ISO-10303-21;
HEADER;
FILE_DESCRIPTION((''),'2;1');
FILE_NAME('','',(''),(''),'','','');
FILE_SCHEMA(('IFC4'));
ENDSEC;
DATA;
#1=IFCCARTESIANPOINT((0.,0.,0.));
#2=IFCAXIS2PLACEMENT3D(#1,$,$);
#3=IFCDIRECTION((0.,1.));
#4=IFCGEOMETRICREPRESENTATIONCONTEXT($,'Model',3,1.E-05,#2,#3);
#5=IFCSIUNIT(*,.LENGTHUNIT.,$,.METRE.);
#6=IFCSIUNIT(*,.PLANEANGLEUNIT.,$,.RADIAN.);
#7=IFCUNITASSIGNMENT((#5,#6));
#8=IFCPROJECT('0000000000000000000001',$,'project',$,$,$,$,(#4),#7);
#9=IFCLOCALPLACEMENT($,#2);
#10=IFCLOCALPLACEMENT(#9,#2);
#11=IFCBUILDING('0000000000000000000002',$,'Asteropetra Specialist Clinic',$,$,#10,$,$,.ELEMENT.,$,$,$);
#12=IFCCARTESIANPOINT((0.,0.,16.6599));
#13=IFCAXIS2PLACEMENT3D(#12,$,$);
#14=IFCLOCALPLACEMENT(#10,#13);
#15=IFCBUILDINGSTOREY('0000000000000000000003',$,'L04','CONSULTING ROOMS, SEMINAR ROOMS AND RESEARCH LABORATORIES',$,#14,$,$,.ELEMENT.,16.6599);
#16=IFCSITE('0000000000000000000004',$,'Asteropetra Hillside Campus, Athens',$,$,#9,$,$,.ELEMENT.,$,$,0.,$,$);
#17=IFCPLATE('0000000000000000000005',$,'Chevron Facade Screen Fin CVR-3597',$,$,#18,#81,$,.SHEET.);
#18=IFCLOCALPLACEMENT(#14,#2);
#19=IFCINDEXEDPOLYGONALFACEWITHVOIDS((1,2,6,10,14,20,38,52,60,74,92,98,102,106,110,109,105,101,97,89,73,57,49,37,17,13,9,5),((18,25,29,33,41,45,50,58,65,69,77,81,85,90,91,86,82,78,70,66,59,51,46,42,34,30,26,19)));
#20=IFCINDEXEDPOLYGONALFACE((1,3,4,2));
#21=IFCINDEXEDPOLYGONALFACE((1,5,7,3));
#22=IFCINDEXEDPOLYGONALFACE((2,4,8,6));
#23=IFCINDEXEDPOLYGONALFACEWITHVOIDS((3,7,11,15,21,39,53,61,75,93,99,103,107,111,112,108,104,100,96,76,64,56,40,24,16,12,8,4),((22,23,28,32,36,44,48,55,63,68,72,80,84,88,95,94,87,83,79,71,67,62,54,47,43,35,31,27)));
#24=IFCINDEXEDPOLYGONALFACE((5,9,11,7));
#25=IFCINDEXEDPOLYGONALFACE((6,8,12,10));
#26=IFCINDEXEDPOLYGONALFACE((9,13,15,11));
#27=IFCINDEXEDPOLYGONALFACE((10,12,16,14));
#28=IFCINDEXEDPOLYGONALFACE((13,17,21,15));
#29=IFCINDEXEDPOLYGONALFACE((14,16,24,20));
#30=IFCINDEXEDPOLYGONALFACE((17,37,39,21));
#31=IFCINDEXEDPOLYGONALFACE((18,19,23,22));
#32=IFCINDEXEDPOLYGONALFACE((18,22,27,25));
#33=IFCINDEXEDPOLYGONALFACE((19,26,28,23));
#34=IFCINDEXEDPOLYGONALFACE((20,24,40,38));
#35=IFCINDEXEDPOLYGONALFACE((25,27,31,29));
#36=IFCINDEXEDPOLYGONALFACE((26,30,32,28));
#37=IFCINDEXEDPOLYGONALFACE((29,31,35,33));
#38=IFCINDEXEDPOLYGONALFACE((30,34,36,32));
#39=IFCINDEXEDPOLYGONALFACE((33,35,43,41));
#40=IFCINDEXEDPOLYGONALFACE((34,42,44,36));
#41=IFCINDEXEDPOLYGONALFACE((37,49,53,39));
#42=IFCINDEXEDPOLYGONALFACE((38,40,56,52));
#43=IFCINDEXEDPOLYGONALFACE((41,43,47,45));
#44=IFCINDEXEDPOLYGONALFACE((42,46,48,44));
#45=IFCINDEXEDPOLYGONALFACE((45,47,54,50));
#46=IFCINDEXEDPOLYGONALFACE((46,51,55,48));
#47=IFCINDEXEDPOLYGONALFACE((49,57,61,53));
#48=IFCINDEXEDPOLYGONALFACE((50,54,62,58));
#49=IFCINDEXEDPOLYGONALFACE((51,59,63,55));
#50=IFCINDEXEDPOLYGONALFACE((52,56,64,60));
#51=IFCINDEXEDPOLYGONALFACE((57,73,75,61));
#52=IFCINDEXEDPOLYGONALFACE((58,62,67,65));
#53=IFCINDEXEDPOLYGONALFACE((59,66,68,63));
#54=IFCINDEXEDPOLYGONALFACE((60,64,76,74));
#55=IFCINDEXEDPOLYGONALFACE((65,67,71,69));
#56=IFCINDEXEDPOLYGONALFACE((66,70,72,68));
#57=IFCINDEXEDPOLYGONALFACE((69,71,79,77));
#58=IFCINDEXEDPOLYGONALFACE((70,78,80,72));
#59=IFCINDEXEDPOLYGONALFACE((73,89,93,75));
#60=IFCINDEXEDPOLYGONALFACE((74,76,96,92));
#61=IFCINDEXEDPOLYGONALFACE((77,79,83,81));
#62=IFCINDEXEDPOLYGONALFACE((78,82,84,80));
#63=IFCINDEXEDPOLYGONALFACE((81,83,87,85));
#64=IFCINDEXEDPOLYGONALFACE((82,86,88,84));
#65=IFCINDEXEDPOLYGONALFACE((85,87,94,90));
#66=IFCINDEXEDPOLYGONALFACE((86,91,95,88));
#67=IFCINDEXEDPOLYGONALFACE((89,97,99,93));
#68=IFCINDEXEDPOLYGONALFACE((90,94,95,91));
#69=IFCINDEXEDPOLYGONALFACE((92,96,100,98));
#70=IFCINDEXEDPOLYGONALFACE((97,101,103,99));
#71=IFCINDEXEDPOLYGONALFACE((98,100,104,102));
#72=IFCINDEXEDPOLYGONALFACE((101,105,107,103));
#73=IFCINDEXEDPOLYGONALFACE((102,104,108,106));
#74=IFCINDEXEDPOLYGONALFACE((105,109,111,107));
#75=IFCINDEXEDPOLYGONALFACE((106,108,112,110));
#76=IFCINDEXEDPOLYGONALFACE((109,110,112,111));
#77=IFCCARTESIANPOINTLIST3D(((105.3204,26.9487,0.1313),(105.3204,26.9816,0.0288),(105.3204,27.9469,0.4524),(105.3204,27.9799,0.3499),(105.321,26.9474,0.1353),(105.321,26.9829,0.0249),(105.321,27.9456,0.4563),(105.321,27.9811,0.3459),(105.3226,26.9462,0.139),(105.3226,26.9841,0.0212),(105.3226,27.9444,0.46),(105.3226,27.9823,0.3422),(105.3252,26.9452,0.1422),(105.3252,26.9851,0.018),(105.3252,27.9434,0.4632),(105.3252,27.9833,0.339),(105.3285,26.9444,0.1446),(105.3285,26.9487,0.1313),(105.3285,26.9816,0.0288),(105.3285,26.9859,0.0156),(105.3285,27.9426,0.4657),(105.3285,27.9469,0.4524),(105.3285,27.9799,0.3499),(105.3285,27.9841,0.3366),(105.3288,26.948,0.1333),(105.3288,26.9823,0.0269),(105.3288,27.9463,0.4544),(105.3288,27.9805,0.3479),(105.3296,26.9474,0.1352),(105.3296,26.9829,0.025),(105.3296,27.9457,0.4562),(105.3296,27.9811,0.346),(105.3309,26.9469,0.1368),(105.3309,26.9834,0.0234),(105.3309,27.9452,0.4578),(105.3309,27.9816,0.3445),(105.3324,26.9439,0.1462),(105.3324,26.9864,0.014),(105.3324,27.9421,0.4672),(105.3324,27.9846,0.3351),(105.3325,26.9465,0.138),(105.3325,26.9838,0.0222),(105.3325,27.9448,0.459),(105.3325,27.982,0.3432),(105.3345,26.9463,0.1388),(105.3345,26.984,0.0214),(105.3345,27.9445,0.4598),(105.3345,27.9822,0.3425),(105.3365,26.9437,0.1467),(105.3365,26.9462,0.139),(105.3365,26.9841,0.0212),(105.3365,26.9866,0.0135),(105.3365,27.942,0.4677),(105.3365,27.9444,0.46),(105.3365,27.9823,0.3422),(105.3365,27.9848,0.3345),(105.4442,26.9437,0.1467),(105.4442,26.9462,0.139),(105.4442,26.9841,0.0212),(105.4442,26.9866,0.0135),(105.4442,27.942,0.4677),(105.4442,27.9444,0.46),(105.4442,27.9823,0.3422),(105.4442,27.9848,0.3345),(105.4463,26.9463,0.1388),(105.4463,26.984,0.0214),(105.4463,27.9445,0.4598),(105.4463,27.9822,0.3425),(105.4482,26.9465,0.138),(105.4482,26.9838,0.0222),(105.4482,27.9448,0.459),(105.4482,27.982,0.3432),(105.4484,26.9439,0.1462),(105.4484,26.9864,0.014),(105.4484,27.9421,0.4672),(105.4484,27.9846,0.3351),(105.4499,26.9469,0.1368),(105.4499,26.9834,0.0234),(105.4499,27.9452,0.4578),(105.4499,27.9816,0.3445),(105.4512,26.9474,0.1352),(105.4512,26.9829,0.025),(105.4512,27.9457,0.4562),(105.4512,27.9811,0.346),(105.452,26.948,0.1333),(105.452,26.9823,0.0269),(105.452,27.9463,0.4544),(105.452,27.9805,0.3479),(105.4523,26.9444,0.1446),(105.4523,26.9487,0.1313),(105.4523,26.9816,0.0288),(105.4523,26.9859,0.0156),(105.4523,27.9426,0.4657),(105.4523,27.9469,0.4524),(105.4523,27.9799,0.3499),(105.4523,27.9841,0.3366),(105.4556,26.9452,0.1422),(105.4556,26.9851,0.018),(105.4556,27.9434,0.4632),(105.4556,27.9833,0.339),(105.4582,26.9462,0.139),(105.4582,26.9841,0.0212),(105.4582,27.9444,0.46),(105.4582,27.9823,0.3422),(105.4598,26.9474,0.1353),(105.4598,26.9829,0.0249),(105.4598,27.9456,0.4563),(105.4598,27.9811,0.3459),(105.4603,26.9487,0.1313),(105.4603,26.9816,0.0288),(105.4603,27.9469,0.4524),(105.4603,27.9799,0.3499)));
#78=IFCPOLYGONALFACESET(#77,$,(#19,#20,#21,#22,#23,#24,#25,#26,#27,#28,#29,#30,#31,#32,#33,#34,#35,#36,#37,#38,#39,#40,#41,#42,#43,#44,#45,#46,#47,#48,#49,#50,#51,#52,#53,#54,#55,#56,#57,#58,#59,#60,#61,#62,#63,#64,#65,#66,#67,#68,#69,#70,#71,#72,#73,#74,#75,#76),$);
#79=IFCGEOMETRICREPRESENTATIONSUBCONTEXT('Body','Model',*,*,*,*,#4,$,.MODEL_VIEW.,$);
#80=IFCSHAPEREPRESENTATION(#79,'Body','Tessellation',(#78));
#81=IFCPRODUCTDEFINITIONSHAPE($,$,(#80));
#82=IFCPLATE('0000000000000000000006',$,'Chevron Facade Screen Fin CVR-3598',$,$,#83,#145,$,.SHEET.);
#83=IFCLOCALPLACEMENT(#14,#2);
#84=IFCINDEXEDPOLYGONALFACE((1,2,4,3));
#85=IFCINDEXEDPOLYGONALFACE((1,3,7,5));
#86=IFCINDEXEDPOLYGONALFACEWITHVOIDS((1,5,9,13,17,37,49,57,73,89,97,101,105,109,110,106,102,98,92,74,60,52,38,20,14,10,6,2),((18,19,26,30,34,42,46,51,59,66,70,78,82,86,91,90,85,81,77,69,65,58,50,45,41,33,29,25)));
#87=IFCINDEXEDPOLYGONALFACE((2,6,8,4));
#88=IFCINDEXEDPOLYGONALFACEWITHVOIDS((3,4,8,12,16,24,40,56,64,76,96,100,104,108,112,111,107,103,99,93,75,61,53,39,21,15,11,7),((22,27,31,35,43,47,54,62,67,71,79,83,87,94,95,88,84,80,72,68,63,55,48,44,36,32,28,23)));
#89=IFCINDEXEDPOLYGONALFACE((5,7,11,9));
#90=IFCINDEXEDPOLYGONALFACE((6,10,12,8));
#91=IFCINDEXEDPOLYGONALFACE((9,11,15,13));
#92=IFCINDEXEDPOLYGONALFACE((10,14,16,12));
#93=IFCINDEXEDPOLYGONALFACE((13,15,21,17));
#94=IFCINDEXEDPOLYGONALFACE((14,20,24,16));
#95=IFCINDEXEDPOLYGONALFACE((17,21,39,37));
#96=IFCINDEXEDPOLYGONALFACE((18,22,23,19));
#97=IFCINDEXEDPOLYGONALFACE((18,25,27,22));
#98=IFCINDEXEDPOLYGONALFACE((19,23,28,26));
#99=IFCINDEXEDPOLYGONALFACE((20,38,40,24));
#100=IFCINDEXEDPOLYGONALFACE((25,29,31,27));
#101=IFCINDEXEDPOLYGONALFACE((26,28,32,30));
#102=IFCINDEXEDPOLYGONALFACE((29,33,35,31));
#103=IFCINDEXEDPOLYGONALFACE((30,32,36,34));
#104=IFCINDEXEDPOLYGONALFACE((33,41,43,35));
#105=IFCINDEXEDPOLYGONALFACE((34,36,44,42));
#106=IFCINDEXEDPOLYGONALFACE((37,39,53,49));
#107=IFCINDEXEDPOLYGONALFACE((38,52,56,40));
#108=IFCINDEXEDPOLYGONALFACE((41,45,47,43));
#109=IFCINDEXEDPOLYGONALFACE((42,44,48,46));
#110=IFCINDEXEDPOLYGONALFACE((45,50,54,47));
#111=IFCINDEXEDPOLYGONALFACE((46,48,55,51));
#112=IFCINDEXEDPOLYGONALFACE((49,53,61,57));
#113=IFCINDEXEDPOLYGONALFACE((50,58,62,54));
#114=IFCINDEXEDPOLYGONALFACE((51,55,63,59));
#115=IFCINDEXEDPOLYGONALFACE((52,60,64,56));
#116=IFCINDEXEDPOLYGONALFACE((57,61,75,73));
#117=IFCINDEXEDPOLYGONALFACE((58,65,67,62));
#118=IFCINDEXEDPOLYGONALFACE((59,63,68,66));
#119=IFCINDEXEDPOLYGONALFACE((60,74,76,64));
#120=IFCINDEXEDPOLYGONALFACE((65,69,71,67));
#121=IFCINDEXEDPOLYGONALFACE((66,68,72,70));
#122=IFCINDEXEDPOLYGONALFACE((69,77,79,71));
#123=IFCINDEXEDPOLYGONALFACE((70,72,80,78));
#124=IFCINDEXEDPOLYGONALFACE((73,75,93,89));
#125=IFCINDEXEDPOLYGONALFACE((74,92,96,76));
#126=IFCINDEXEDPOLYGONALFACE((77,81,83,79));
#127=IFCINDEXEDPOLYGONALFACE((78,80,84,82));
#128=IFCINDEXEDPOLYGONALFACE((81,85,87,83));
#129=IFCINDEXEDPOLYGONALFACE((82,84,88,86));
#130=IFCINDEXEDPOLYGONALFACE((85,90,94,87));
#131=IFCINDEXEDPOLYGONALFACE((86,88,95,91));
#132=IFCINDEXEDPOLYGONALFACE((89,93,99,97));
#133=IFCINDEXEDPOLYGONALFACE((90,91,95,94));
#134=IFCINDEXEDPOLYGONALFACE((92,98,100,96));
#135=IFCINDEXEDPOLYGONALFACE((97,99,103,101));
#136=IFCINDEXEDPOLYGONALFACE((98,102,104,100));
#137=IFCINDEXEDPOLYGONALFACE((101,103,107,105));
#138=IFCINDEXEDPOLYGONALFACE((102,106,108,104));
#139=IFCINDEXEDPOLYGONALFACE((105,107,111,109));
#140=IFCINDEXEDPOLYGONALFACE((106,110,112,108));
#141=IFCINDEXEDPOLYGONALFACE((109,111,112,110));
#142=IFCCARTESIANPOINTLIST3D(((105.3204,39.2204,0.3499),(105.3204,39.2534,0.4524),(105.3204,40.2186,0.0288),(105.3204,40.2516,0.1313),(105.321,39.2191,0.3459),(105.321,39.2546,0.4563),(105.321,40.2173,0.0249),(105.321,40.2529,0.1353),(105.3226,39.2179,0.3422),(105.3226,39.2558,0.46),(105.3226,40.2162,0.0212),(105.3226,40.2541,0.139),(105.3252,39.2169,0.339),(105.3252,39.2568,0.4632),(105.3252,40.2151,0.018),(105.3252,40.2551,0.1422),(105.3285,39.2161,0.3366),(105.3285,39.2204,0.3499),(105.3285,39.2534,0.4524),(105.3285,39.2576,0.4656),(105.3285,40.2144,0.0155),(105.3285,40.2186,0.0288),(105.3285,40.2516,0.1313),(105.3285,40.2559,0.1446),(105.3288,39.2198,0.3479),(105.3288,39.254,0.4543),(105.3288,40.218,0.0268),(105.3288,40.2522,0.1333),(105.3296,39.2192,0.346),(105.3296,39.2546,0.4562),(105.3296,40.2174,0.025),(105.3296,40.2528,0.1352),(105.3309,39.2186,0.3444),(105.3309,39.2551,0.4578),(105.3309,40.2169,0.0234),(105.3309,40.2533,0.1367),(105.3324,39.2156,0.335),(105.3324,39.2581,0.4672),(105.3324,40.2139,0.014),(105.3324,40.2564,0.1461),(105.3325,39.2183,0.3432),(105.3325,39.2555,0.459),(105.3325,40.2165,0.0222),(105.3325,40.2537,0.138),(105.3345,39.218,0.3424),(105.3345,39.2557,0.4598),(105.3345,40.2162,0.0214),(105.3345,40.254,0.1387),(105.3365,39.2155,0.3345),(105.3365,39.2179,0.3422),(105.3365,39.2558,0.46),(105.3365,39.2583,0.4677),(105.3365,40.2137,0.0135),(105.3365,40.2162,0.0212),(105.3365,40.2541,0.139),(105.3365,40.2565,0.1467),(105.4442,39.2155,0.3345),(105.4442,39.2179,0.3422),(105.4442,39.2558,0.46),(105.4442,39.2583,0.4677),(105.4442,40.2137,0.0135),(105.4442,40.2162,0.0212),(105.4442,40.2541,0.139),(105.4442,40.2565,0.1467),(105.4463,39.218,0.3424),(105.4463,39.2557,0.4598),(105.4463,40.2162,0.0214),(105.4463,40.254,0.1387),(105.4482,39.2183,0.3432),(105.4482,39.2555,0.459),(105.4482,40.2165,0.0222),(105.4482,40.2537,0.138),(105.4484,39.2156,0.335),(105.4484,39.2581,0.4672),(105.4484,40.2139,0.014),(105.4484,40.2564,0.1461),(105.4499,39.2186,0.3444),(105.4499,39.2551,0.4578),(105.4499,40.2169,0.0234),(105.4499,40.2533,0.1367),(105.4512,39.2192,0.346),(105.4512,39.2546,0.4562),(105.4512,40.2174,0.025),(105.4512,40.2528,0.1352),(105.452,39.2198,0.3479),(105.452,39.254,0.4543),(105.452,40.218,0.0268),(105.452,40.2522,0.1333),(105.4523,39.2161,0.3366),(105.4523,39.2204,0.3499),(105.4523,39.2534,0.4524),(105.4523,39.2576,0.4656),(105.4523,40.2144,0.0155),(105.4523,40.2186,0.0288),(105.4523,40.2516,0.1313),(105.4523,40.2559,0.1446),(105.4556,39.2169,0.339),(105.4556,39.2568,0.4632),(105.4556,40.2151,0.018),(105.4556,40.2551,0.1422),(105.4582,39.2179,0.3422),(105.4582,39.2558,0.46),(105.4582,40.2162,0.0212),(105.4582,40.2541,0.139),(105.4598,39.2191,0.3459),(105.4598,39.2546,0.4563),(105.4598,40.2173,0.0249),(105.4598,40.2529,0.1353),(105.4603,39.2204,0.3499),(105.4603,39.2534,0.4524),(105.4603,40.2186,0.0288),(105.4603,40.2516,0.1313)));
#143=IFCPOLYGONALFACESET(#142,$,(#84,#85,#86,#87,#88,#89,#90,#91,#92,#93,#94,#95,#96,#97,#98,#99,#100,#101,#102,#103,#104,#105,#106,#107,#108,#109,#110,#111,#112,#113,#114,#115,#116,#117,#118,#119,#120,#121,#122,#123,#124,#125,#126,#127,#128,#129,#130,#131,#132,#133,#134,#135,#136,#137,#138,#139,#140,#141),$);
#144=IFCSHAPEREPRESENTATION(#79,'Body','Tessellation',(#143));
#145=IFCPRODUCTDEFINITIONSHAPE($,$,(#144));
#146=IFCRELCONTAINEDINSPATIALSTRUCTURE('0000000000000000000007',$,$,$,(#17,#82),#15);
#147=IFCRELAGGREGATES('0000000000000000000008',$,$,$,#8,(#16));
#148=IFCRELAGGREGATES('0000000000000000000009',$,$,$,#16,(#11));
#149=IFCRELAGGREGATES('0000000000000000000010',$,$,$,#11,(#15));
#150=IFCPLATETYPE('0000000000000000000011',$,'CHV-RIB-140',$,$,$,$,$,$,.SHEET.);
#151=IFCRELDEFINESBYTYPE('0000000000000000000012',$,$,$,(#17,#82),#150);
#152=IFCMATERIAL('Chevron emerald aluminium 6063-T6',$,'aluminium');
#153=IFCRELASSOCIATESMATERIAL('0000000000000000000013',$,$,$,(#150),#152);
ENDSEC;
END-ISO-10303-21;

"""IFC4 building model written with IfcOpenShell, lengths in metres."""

from ifc_helpers import new_model, si_unit, direction, frame, origin, origin_2d, place, context, subcontext, project, spatial, hollow_rectangle, extrude, material, material_profile, profile_set, type_object, element, save


model = new_model("IFC4")

# Units and contexts
model_context = context("Model", 3, precision=1e-05, world=origin(), true_north=direction((0.0, 1.0)))
body_context = subcontext(model_context, "Body", "Model", "MODEL_VIEW")
ifc_project = project(units=[si_unit("LENGTHUNIT", "METRE"), si_unit("PLANEANGLEUNIT", "RADIAN")], contexts=[model_context])

# Site, building, storey
site_placement = place(None, origin())
site = spatial("IfcSite", under=ifc_project, at=site_placement, Name="Asteropetra Hillside Campus, Athens", CompositionType="ELEMENT", RefElevation=0.0)
building_placement = place(site_placement, origin())
building = spatial("IfcBuilding", under=site, at=building_placement, Name="Asteropetra Specialist Clinic", CompositionType="ELEMENT")
storey_placement = place(building_placement, frame((0.0, 0.0, 16.6599)))
storey = spatial("IfcBuildingStorey", under=building, at=storey_placement, Name="L04", Description="CONSULTING ROOMS, SEMINAR ROOMS AND RESEARCH LABORATORIES", CompositionType="ELEMENT", Elevation=16.6599)

# Plates
ifc_material_1 = material(Name="Chevron emerald aluminium 6063-T6", Category="aluminium")
ifc_material_profile = material_profile(ifc_material_1, hollow_rectangle(XDim=0.1399, YDim=0.1399, WallThickness=0.0081, InnerFilletRadius=0.0081, OuterFilletRadius=0.0161, at=origin_2d()), Name="SHS 140x140x8.0")
ifc_profile_set = profile_set([ifc_material_profile], Name="Chevron emerald aluminium 6063-T6")
plate_type = type_object("IfcPlateType", Name="CHV-RIB-140", PredefinedType="SHEET", material=ifc_profile_set)
for number, where, z_axis, x_axis, name in (
    (1, (105.3904, 27.9634, 0.4011), (0.0, -0.951983, -0.306152), (1.0, 0.0, 0.0), "Chevron Facade Screen Fin CVR-3597"),
    (2, (105.3904, 40.2351, 0.0801), (0.0, -0.951983, 0.306152), (1.0, 0.0, 0.0), "Chevron Facade Screen Fin CVR-3598"),
):
    element("IfcPlate", number, at=place(storey_placement, frame(where, z_axis=z_axis, x_axis=x_axis)), inside=storey, type_object=plate_type, Name=name, PredefinedType="SHEET", context=body_context, shape_type="SweptSolid", body=[
        extrude(hollow_rectangle(XDim=0.1399, YDim=0.1399, WallThickness=0.0081, InnerFilletRadius=0.0081, OuterFilletRadius=0.0161, at=origin_2d()), origin(), (0.0, 0.0, 1.0), 1.0486),
    ])

save(model, "model.ifc")
